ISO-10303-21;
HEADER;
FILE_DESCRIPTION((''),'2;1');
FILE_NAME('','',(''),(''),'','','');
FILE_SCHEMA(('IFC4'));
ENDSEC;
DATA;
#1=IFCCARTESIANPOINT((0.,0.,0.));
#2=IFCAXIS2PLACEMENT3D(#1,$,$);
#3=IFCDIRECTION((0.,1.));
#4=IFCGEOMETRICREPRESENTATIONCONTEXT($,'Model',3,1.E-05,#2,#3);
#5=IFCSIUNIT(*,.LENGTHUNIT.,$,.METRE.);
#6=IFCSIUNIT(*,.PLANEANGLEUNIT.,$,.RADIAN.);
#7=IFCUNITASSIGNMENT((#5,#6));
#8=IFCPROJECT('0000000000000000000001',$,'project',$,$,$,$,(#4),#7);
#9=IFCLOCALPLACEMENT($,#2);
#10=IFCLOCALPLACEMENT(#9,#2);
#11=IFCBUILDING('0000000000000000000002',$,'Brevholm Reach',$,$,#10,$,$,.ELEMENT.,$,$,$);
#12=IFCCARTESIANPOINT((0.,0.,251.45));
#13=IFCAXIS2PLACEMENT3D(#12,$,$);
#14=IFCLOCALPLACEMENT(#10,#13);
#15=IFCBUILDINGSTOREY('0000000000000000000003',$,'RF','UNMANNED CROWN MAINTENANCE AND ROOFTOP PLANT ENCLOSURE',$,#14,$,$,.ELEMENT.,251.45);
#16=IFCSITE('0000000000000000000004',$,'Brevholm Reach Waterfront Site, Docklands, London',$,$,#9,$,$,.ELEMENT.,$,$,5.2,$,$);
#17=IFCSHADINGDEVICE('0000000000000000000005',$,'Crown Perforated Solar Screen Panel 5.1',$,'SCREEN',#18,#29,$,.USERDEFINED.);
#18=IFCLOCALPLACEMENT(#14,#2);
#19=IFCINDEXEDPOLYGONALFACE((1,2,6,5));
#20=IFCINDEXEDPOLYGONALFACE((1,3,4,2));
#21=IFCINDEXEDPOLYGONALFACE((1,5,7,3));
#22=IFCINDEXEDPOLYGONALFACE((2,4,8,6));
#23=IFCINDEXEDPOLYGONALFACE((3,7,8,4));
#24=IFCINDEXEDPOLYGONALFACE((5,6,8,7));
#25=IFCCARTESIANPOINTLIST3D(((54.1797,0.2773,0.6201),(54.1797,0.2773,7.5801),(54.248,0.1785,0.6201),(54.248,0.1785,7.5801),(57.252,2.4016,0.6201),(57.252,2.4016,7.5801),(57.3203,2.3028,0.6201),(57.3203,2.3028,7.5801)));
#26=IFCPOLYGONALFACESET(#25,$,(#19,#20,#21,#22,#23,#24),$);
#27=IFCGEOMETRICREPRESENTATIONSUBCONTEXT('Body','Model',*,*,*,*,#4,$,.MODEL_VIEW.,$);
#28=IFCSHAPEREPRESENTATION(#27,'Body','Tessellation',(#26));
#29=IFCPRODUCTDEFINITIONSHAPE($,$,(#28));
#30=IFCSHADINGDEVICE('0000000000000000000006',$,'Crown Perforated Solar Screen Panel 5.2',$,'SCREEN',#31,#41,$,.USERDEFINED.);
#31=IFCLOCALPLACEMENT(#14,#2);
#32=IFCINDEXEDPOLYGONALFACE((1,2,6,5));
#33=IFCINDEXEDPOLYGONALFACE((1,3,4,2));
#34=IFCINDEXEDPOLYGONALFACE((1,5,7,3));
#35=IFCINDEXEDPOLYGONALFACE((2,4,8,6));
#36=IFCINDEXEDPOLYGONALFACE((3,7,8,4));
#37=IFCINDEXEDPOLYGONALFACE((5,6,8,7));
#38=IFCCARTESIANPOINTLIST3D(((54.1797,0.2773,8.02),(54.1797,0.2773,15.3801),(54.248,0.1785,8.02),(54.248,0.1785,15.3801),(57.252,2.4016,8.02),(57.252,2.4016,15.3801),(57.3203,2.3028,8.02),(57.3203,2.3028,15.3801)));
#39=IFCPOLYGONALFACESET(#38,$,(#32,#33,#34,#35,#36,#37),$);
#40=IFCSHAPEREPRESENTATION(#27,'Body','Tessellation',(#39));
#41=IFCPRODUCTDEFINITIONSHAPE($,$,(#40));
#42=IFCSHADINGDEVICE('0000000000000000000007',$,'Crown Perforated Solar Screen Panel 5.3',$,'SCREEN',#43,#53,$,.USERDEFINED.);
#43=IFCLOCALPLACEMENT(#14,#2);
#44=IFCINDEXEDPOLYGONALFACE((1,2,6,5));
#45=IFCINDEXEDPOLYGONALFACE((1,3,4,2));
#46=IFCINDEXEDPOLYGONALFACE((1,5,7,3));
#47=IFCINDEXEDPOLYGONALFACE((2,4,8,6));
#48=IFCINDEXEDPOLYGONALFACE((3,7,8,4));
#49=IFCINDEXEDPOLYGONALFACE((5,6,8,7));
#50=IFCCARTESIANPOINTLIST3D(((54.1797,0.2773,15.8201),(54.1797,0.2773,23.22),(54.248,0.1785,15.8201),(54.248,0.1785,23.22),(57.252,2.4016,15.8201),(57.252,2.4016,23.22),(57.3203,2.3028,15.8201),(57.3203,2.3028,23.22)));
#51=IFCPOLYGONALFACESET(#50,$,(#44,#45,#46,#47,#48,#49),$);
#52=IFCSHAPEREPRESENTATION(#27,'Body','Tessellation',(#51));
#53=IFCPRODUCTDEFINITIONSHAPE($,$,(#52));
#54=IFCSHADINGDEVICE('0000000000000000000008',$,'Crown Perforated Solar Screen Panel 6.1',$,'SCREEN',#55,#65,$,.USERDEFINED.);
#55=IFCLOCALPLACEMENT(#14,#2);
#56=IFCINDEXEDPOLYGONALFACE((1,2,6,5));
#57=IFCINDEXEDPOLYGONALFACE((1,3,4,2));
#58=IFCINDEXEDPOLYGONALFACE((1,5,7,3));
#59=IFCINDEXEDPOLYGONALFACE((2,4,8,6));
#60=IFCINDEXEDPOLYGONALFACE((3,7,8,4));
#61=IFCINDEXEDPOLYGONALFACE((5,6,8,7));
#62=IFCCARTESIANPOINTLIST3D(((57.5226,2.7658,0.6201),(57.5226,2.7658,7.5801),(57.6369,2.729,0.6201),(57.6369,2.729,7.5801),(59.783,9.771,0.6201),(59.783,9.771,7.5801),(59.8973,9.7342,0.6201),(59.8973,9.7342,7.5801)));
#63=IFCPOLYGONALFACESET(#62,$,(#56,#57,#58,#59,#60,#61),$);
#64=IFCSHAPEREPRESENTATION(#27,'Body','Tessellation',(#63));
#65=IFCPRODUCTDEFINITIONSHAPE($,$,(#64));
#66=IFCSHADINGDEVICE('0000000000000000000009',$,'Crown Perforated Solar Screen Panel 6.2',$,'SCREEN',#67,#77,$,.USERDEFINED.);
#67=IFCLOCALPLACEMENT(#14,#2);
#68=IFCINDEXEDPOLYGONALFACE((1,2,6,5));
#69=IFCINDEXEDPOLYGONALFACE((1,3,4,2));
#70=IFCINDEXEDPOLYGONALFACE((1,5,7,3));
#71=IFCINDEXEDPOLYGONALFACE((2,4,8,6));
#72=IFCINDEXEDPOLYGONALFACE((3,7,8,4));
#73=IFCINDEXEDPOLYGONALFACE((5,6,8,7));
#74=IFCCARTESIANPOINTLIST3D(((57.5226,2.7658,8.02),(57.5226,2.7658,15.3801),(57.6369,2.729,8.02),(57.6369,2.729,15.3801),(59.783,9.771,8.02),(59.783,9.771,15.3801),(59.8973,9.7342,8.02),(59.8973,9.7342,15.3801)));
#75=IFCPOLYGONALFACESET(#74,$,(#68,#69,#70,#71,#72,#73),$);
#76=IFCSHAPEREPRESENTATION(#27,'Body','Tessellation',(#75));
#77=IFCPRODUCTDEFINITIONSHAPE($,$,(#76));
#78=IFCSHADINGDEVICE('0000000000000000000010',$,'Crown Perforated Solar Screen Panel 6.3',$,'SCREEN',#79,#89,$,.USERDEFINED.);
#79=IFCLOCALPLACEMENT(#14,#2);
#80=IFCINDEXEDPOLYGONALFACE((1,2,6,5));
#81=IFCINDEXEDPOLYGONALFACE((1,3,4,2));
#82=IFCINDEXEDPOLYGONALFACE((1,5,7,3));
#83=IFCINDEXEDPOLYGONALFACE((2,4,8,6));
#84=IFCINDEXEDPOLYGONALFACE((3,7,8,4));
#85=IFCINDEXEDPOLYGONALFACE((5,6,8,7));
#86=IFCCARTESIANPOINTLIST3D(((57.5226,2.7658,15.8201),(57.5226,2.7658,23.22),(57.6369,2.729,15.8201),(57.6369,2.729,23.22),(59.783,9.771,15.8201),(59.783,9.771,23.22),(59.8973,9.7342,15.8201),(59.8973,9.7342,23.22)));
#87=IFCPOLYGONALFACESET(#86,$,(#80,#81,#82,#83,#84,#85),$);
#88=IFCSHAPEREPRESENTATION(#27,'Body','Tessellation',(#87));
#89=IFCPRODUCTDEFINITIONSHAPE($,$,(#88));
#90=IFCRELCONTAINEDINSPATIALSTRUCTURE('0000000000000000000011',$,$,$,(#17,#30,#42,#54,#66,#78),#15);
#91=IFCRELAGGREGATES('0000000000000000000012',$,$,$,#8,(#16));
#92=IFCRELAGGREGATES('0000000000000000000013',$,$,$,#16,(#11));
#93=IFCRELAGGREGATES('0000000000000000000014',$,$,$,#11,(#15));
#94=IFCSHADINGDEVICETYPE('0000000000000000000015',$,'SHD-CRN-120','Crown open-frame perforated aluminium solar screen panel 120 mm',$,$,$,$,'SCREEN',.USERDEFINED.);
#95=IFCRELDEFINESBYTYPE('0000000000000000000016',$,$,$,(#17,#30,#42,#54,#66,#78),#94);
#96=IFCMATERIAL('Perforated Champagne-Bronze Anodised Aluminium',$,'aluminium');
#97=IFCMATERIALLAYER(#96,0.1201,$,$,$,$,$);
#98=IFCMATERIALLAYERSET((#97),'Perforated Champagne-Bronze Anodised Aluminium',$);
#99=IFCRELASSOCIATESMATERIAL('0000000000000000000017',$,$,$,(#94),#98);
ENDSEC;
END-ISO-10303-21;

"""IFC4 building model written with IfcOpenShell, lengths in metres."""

from ifc_helpers import new_model, si_unit, direction, frame, origin, origin_2d, place, context, subcontext, project, spatial, rectangle, extrude, material, layer, layer_set, type_object, element, save


model = new_model("IFC4")

# Units and contexts
model_context = context("Model", 3, precision=1e-05, world=origin(), true_north=direction((0.0, 1.0)))
body_context = subcontext(model_context, "Body", "Model", "MODEL_VIEW")
ifc_project = project(units=[si_unit("LENGTHUNIT", "METRE"), si_unit("PLANEANGLEUNIT", "RADIAN")], contexts=[model_context])

# Site, building, storey
site_placement = place(None, origin())
site = spatial("IfcSite", under=ifc_project, at=site_placement, Name="Brevholm Reach Waterfront Site, Docklands, London", CompositionType="ELEMENT", RefElevation=5.2)
building_placement = place(site_placement, origin())
building = spatial("IfcBuilding", under=site, at=building_placement, Name="Brevholm Reach", CompositionType="ELEMENT")
storey_placement = place(building_placement, frame((0.0, 0.0, 251.45)))
storey = spatial("IfcBuildingStorey", under=building, at=storey_placement, Name="RF", Description="UNMANNED CROWN MAINTENANCE AND ROOFTOP PLANT ENCLOSURE", CompositionType="ELEMENT", Elevation=251.45)

# Shading devices
ifc_material_1 = material(Name="Perforated Champagne-Bronze Anodised Aluminium", Category="aluminium")
ifc_layer_1 = layer(ifc_material_1, 0.1201)
ifc_layer_set_1 = layer_set([ifc_layer_1], Name="Perforated Champagne-Bronze Anodised Aluminium")
shading_device_type = type_object("IfcShadingDeviceType", Name="SHD-CRN-120", Description="Crown open-frame perforated aluminium solar screen panel 120 mm", ElementType="SCREEN", PredefinedType="USERDEFINED", material=ifc_layer_set_1)
shading_device_1_placement = place(storey_placement, frame((55.75, 1.29, 0.6201), z_axis=(0.0, 0.0, 1.0), x_axis=(0.82253, 0.568721, 0.0)))
element("IfcShadingDevice", 1, at=shading_device_1_placement, inside=storey, type_object=shading_device_type, Name="Crown Perforated Solar Screen Panel 5.1", ObjectType="SCREEN", PredefinedType="USERDEFINED", context=body_context, shape_type="SweptSolid", body=[
    extrude(rectangle(XDim=3.7351, YDim=0.1201, at=origin_2d()), origin(), (0.0, 0.0, 1.0), 6.96),
])
shading_device_2_placement = place(storey_placement, frame((55.75, 1.29, 8.02), z_axis=(0.0, 0.0, 1.0), x_axis=(0.82253, 0.568721, 0.0)))
element("IfcShadingDevice", 2, at=shading_device_2_placement, inside=storey, type_object=shading_device_type, Name="Crown Perforated Solar Screen Panel 5.2", ObjectType="SCREEN", PredefinedType="USERDEFINED", context=body_context, shape_type="SweptSolid", body=[
    extrude(rectangle(XDim=3.7351, YDim=0.1201, at=origin_2d()), origin(), (0.0, 0.0, 1.0), 7.3601),
])
shading_device_3_placement = place(storey_placement, frame((55.75, 1.29, 15.8201), z_axis=(0.0, 0.0, 1.0), x_axis=(0.82253, 0.568721, 0.0)))
element("IfcShadingDevice", 3, at=shading_device_3_placement, inside=storey, type_object=shading_device_type, Name="Crown Perforated Solar Screen Panel 5.3", ObjectType="SCREEN", PredefinedType="USERDEFINED", context=body_context, shape_type="SweptSolid", body=[
    extrude(rectangle(XDim=3.7351, YDim=0.1201, at=origin_2d()), origin(), (0.0, 0.0, 1.0), 7.3999),
])
shading_device_4_placement = place(storey_placement, frame((58.71, 6.25, 0.6201), z_axis=(0.0, 0.0, 1.0), x_axis=(0.307078, 0.951684, 0.0)))
element("IfcShadingDevice", 4, at=shading_device_4_placement, inside=storey, type_object=shading_device_type, Name="Crown Perforated Solar Screen Panel 6.1", ObjectType="SCREEN", PredefinedType="USERDEFINED", context=body_context, shape_type="SweptSolid", body=[
    extrude(rectangle(XDim=7.3608, YDim=0.1201, at=origin_2d()), origin(), (0.0, 0.0, 1.0), 6.96),
])
shading_device_5_placement = place(storey_placement, frame((58.71, 6.25, 8.02), z_axis=(0.0, 0.0, 1.0), x_axis=(0.307078, 0.951684, 0.0)))
element("IfcShadingDevice", 5, at=shading_device_5_placement, inside=storey, type_object=shading_device_type, Name="Crown Perforated Solar Screen Panel 6.2", ObjectType="SCREEN", PredefinedType="USERDEFINED", context=body_context, shape_type="SweptSolid", body=[
    extrude(rectangle(XDim=7.3608, YDim=0.1201, at=origin_2d()), origin(), (0.0, 0.0, 1.0), 7.3601),
])
shading_device_6_placement = place(storey_placement, frame((58.71, 6.25, 15.8201), z_axis=(0.0, 0.0, 1.0), x_axis=(0.307078, 0.951684, 0.0)))
element("IfcShadingDevice", 6, at=shading_device_6_placement, inside=storey, type_object=shading_device_type, Name="Crown Perforated Solar Screen Panel 6.3", ObjectType="SCREEN", PredefinedType="USERDEFINED", context=body_context, shape_type="SweptSolid", body=[
    extrude(rectangle(XDim=7.3608, YDim=0.1201, at=origin_2d()), origin(), (0.0, 0.0, 1.0), 7.3999),
])

save(model, "model.ifc")
